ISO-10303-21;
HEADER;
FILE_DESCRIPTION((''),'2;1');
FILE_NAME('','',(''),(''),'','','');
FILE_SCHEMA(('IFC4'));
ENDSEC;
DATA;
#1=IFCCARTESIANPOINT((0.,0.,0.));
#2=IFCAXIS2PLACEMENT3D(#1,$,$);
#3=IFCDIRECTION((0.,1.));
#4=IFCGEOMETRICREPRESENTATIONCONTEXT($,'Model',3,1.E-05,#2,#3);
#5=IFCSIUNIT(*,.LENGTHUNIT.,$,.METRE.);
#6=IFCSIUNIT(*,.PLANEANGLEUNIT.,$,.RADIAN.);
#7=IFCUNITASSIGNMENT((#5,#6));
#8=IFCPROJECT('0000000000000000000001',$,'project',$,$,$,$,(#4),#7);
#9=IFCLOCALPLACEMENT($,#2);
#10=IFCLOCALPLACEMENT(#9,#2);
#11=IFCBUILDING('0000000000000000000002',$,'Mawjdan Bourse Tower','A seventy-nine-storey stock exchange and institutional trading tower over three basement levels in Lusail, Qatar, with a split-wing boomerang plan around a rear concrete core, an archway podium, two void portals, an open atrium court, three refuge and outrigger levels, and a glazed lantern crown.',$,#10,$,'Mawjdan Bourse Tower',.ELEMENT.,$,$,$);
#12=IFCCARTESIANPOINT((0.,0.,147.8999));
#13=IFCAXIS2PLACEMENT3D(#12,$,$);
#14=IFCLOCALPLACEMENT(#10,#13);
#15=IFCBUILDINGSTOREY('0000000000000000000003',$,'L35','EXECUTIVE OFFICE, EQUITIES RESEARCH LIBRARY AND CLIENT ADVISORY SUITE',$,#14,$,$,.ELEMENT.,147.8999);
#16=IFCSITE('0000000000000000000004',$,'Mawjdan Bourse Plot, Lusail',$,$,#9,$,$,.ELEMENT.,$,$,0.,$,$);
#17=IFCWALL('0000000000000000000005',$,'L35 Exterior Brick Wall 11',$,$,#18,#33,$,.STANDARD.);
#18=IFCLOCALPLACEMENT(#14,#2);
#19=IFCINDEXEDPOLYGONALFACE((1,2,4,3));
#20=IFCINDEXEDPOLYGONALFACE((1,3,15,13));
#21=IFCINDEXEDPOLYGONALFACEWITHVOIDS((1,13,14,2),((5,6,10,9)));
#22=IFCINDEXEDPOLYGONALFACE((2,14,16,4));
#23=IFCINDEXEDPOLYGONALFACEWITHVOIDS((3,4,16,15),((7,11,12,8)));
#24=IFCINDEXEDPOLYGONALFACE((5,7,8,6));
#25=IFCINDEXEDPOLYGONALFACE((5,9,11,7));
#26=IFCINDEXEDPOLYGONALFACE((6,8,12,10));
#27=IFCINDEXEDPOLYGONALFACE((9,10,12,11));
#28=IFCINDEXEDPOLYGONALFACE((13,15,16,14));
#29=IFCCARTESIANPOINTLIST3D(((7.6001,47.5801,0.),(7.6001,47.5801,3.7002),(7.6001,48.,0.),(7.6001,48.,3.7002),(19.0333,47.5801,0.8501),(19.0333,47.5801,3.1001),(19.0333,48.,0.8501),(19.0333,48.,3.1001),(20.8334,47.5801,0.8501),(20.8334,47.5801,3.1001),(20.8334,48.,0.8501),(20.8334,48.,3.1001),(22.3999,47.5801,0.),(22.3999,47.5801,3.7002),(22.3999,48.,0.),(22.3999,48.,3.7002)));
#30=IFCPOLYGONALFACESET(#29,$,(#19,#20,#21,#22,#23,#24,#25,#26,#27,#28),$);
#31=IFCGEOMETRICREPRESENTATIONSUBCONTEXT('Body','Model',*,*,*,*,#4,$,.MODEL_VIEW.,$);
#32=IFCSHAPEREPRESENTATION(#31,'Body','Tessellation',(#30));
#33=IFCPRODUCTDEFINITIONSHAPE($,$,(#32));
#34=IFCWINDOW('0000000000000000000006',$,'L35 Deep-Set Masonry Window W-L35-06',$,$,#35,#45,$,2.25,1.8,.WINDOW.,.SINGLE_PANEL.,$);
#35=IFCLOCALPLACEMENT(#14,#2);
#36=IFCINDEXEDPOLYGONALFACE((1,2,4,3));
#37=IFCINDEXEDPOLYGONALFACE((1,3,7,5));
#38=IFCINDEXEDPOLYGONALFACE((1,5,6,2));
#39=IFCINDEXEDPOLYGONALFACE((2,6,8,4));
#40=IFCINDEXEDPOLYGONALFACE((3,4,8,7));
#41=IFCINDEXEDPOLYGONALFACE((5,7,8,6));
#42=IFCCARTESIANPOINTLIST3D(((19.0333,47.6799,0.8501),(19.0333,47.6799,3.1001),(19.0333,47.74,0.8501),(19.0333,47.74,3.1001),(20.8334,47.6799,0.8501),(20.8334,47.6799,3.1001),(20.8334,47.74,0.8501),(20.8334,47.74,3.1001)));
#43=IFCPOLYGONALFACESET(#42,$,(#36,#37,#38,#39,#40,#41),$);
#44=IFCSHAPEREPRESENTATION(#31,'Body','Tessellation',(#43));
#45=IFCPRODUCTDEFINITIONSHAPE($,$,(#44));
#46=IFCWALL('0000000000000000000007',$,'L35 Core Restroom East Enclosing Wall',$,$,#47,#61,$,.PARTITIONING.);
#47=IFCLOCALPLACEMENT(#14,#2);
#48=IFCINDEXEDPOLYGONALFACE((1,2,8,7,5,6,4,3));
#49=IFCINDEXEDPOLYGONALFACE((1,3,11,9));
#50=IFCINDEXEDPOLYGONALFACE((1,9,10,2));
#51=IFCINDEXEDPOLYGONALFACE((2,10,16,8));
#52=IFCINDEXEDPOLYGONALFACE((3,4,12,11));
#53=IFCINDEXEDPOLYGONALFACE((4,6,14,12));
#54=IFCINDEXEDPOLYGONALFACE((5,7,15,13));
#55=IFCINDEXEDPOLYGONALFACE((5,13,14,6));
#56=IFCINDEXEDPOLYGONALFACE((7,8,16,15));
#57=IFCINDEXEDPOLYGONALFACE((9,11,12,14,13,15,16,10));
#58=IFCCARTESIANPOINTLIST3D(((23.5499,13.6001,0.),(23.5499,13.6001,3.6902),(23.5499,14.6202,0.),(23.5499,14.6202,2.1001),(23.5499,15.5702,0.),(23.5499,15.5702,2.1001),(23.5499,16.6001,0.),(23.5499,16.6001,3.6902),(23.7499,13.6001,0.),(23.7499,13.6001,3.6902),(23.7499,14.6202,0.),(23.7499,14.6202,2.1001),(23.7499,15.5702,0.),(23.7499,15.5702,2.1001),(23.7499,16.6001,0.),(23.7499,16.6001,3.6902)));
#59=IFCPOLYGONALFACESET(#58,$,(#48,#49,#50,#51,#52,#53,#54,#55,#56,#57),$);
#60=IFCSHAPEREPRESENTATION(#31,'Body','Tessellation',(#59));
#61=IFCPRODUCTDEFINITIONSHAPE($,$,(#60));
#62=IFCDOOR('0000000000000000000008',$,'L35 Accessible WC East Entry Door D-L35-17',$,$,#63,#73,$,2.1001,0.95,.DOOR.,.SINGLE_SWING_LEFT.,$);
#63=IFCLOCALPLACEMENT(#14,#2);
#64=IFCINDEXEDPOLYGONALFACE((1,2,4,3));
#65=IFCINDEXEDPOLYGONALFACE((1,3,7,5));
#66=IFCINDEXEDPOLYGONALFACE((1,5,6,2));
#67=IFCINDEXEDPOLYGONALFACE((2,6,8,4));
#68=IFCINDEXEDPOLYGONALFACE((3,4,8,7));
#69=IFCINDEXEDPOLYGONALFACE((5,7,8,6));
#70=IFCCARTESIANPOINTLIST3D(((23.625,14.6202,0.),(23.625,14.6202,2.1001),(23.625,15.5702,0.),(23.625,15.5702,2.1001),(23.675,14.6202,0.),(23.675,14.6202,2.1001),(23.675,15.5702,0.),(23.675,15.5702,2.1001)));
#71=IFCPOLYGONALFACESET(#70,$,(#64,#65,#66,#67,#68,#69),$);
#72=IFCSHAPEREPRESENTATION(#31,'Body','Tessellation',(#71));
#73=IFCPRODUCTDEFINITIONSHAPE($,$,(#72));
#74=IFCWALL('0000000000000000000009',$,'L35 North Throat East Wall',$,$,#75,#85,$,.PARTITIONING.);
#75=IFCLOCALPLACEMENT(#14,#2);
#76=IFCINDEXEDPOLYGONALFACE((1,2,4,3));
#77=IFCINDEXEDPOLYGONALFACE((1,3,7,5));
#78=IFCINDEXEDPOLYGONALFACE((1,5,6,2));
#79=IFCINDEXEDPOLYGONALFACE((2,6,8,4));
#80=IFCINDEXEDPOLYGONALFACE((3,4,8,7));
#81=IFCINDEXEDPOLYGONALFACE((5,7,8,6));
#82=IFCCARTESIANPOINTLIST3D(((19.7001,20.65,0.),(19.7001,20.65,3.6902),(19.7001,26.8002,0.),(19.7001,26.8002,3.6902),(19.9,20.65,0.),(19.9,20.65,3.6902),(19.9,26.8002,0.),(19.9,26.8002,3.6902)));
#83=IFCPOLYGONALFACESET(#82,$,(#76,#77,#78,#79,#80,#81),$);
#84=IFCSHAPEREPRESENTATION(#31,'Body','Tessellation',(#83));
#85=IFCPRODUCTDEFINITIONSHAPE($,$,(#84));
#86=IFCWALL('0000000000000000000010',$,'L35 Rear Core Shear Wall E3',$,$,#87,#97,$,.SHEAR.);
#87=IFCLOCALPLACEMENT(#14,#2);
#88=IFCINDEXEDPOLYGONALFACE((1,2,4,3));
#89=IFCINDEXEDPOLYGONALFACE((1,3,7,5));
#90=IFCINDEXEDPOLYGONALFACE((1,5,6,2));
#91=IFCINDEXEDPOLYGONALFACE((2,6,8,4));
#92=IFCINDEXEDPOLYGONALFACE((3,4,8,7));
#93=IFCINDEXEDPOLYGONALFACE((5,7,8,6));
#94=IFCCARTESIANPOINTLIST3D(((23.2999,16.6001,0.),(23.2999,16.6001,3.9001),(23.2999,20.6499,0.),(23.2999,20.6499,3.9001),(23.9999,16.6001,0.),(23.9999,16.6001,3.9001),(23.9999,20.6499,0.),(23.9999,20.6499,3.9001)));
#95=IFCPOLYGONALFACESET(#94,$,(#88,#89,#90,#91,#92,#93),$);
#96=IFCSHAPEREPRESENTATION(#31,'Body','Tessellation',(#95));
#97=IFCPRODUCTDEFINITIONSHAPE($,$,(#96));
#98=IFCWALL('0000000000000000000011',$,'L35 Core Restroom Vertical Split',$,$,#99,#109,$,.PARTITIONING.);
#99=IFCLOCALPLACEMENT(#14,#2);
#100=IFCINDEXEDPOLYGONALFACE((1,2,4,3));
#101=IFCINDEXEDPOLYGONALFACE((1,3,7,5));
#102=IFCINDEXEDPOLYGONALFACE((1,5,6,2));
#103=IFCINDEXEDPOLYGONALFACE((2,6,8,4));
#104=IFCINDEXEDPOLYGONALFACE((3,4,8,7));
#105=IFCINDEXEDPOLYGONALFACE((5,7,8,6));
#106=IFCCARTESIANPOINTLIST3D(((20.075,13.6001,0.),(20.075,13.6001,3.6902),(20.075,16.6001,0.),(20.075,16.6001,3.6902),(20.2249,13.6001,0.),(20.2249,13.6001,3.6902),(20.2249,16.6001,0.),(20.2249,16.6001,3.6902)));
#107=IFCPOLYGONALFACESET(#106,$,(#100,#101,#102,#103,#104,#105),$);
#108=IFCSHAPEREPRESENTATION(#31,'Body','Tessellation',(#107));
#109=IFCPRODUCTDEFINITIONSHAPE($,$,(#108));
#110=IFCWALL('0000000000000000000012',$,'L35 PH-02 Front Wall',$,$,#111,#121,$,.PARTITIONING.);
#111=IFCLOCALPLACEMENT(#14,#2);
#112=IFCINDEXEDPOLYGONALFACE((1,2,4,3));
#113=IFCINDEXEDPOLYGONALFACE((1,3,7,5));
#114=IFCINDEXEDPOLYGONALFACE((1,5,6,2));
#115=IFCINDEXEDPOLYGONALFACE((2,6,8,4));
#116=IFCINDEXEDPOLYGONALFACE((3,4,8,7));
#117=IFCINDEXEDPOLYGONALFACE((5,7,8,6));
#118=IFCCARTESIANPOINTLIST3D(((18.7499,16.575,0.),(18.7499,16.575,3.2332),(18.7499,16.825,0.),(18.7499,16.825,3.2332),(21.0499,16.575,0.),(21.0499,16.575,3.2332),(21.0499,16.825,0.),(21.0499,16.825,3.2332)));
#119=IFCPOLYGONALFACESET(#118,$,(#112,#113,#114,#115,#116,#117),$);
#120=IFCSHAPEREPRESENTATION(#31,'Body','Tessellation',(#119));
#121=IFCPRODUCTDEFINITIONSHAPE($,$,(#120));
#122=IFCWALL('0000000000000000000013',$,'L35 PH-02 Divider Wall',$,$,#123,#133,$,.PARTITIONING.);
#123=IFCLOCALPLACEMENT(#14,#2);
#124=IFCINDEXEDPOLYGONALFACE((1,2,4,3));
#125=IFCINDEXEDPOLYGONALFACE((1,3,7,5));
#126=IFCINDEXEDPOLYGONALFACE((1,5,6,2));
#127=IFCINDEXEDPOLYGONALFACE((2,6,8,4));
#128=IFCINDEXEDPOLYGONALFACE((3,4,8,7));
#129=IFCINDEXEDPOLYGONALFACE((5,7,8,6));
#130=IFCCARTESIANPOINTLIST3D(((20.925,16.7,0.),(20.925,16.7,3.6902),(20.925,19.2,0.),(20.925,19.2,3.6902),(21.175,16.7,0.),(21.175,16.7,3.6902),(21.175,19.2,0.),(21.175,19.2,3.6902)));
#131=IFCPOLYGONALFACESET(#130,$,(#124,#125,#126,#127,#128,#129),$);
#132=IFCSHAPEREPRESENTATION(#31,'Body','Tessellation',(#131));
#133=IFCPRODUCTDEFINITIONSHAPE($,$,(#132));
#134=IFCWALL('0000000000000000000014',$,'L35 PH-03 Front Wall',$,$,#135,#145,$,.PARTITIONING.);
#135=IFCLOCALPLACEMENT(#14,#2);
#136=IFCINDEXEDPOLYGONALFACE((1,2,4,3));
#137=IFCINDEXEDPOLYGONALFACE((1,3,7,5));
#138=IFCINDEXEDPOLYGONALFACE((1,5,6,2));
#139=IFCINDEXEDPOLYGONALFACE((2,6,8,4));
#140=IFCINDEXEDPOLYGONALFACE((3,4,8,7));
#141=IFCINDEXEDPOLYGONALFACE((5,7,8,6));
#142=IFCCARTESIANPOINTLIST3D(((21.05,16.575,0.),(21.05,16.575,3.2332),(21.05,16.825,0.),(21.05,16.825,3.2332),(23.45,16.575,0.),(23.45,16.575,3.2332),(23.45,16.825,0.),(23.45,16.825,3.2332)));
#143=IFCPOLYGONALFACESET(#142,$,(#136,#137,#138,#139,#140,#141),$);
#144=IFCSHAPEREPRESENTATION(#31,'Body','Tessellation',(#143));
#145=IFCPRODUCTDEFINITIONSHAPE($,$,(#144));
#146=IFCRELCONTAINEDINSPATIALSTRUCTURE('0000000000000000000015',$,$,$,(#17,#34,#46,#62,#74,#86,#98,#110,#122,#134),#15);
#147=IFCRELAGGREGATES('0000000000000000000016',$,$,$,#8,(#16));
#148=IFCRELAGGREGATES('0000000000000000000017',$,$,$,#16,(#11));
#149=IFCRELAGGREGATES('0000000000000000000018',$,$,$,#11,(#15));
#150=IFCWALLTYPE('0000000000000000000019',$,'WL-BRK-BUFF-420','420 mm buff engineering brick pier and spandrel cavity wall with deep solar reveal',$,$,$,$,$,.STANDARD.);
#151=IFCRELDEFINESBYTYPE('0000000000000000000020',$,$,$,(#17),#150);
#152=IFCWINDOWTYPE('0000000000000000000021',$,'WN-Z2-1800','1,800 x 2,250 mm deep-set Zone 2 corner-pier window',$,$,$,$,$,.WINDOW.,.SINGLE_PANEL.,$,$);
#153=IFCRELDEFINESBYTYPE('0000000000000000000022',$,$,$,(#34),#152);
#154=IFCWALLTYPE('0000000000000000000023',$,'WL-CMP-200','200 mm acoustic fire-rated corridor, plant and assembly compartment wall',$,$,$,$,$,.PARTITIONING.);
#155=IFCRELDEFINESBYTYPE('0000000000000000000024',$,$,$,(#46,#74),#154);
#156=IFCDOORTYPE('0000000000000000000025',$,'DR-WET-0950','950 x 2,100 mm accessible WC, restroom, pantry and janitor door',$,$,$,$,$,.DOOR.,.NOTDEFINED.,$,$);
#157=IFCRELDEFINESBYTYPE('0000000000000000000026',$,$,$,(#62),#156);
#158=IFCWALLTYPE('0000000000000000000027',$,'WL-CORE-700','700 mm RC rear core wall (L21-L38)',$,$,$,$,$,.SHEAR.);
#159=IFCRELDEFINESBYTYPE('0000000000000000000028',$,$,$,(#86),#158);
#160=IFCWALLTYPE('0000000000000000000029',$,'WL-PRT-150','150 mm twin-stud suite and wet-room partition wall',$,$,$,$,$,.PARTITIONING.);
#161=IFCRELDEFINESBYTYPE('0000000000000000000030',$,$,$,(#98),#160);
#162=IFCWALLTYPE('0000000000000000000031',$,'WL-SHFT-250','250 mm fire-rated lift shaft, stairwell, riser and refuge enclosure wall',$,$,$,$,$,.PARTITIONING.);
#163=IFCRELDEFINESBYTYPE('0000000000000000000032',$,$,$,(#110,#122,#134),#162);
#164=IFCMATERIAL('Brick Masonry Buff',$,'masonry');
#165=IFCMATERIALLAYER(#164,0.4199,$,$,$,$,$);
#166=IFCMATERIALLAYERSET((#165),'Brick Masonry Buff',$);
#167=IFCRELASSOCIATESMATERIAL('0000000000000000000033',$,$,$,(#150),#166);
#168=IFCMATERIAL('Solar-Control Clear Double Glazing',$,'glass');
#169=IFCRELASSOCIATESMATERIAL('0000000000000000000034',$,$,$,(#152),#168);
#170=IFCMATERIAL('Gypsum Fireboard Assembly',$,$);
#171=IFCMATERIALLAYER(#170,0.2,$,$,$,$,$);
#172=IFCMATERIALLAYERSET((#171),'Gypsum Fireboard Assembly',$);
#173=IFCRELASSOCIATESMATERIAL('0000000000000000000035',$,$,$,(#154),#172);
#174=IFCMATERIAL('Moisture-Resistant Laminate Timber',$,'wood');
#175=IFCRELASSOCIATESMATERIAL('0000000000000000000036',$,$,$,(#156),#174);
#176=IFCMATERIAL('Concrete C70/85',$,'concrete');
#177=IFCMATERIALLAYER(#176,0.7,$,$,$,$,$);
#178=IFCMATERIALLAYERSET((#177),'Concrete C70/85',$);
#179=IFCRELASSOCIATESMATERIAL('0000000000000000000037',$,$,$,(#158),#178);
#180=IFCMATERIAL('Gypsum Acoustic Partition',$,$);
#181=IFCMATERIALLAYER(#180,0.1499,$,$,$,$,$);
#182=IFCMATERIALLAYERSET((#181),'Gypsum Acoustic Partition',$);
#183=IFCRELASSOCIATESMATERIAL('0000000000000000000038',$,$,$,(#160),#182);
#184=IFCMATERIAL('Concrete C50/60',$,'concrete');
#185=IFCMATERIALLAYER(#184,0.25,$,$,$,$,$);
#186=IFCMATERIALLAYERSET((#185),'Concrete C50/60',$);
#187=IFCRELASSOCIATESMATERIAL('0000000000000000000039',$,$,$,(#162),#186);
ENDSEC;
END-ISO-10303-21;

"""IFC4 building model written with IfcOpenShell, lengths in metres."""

from ifc_helpers import new_model, si_unit, direction, frame, frame_2d, origin, place, context, subcontext, project, spatial, rectangle, extrude, material, layer, layer_set, type_object, element, fill, save


model = new_model("IFC4")

# Units and contexts
model_context = context("Model", 3, precision=1e-05, world=origin(), true_north=direction((0.0, 1.0)))
body_context = subcontext(model_context, "Body", "Model", "MODEL_VIEW")
ifc_project = project(units=[si_unit("LENGTHUNIT", "METRE"), si_unit("PLANEANGLEUNIT", "RADIAN")], contexts=[model_context])

# Site, building, storey
site_placement = place(None, origin())
site = spatial("IfcSite", under=ifc_project, at=site_placement, Name="Mawjdan Bourse Plot, Lusail", CompositionType="ELEMENT", RefElevation=0.0)
building_placement = place(site_placement, origin())
building = spatial("IfcBuilding", under=site, at=building_placement, Name="Mawjdan Bourse Tower", Description="A seventy-nine-storey stock exchange and institutional trading tower over three basement levels in Lusail, Qatar, with a split-wing boomerang plan around a rear concrete core, an archway podium, two void portals, an open atrium court, three refuge and outrigger levels, and a glazed lantern crown.", LongName="Mawjdan Bourse Tower", CompositionType="ELEMENT")
storey_placement = place(building_placement, frame((0.0, 0.0, 147.8999)))
storey = spatial("IfcBuildingStorey", under=building, at=storey_placement, Name="L35", Description="EXECUTIVE OFFICE, EQUITIES RESEARCH LIBRARY AND CLIENT ADVISORY SUITE", CompositionType="ELEMENT", Elevation=147.8999)

# Shared definitions
ifc_material_1 = material(Name="Concrete C70/85", Category="concrete")

# Shared definitions
ifc_material_2 = material(Name="Brick Masonry Buff", Category="masonry")
ifc_layer_1 = layer(ifc_material_2, 0.4199)
ifc_layer_set_1 = layer_set([ifc_layer_1], Name="Brick Masonry Buff")
wall_type_1 = type_object("IfcWallType", Name="WL-BRK-BUFF-420", Description="420 mm buff engineering brick pier and spandrel cavity wall with deep solar reveal", PredefinedType="STANDARD", material=ifc_layer_set_1)
ifc_material_3 = material(Name="Solar-Control Clear Double Glazing", Category="glass")

# Wall, opening, window
wall_1_placement = place(storey_placement, frame((22.3999, 47.79, 0.0), z_axis=(0.0, 0.0, 1.0), x_axis=(-1.0, 0.0, 0.0)))
wall_1 = element("IfcWall", 1, at=wall_1_placement, inside=storey, type_object=wall_type_1, Name="L35 Exterior Brick Wall 11", PredefinedType="STANDARD", context=body_context, shape_type="SweptSolid", body=[
    extrude(rectangle(XDim=14.7998, YDim=0.4199, at=frame_2d((7.3999, 0.0))), origin(), (0.0, 0.0, 1.0), 3.7002),
])
opening_1_placement = place(wall_1_placement, frame((1.5667, 0.0, 0.8501)))
opening_1 = element("IfcOpeningElement", 2, at=opening_1_placement, cuts=wall_1, PredefinedType="OPENING", context=body_context, shape_type="SweptSolid", body=[
    extrude(rectangle(XDim=1.8, YDim=2.25, at=frame_2d((0.8999, 1.125))), frame((0.0, 0.22, 0.0), z_axis=(0.0, -1.0, 0.0), x_axis=(1.0, 0.0, 0.0)), (0.0, 0.0, 1.0), 0.4399),
])
window_type_1 = type_object("IfcWindowType", Name="WN-Z2-1800", Description="1,800 x 2,250 mm deep-set Zone 2 corner-pier window", PartitioningType="SINGLE_PANEL", PredefinedType="WINDOW", material=ifc_material_3)
window_1_placement = place(opening_1_placement, origin())
window_1 = element("IfcWindow", 3, at=window_1_placement, inside=storey, type_object=window_type_1, Name="L35 Deep-Set Masonry Window W-L35-06", OverallHeight=2.25, OverallWidth=1.8, PartitioningType="SINGLE_PANEL", PredefinedType="WINDOW", context=body_context, shape_type="SweptSolid", body=[
    extrude(rectangle(XDim=1.8, YDim=2.25, at=frame_2d((0.8999, 1.125))), frame((0.0, 0.1101, 0.0), z_axis=(0.0, -1.0, 0.0), x_axis=(1.0, 0.0, 0.0)), (0.0, 0.0, 1.0), 0.0601),
])
fill(opening_1, window_1)

# Wall, opening, door
ifc_material_4 = material(Name="Gypsum Fireboard Assembly")
ifc_layer_2 = layer(ifc_material_4, 0.2)
ifc_layer_set_2 = layer_set([ifc_layer_2], Name="Gypsum Fireboard Assembly")
wall_type_2 = type_object("IfcWallType", Name="WL-CMP-200", Description="200 mm acoustic fire-rated corridor, plant and assembly compartment wall", PredefinedType="PARTITIONING", material=ifc_layer_set_2)
wall_2_placement = place(storey_placement, frame((23.6499, 13.6001, 0.0), z_axis=(0.0, 0.0, 1.0), x_axis=(0.0, 1.0, 0.0)))
wall_2 = element("IfcWall", 4, at=wall_2_placement, inside=storey, type_object=wall_type_2, Name="L35 Core Restroom East Enclosing Wall", PredefinedType="PARTITIONING", context=body_context, shape_type="SweptSolid", body=[
    extrude(rectangle(XDim=3.0, YDim=0.2, at=frame_2d((1.5, 0.0))), origin(), (0.0, 0.0, 1.0), 3.6902),
])
opening_2_placement = place(wall_2_placement, frame((1.02, 0.0, 0.0)))
opening_2 = element("IfcOpeningElement", 5, at=opening_2_placement, cuts=wall_2, PredefinedType="OPENING", context=body_context, shape_type="SweptSolid", body=[
    extrude(rectangle(XDim=0.95, YDim=2.1001, at=frame_2d((0.4751, 1.05))), frame((0.0, 0.1099, 0.0), z_axis=(0.0, -1.0, 0.0), x_axis=(1.0, 0.0, 0.0)), (0.0, 0.0, 1.0), 0.22),
])
ifc_material_5 = material(Name="Moisture-Resistant Laminate Timber", Category="wood")
door_type_1 = type_object("IfcDoorType", Name="DR-WET-0950", Description="950 x 2,100 mm accessible WC, restroom, pantry and janitor door", OperationType="NOTDEFINED", PredefinedType="DOOR", material=ifc_material_5)
door_1_placement = place(opening_2_placement, origin())
door_1 = element("IfcDoor", 6, at=door_1_placement, inside=storey, type_object=door_type_1, Name="L35 Accessible WC East Entry Door D-L35-17", OperationType="SINGLE_SWING_LEFT", OverallHeight=2.1001, OverallWidth=0.95, PredefinedType="DOOR", context=body_context, shape_type="SweptSolid", body=[
    extrude(rectangle(XDim=0.95, YDim=2.1001, at=frame_2d((0.4751, 1.05))), frame((0.0, 0.0249, 0.0), z_axis=(0.0, -1.0, 0.0), x_axis=(1.0, 0.0, 0.0)), (0.0, 0.0, 1.0), 0.05),
])
fill(opening_2, door_1)

# Walls
wall_3_placement = place(storey_placement, frame((19.8, 20.6499, 0.0), z_axis=(0.0, 0.0, 1.0), x_axis=(0.0, 1.0, 0.0)))
element("IfcWall", 7, at=wall_3_placement, inside=storey, type_object=wall_type_2, Name="L35 North Throat East Wall", PredefinedType="PARTITIONING", context=body_context, shape_type="SweptSolid", body=[
    extrude(rectangle(XDim=6.1501, YDim=0.2, at=frame_2d((3.0752, 0.0))), origin(), (0.0, 0.0, 1.0), 3.6902),
])
ifc_layer_3 = layer(ifc_material_1, 0.7)
ifc_layer_set_3 = layer_set([ifc_layer_3], Name="Concrete C70/85")
wall_type_3 = type_object("IfcWallType", Name="WL-CORE-700", Description="700 mm RC rear core wall (L21-L38)", PredefinedType="SHEAR", material=ifc_layer_set_3)
wall_4_placement = place(storey_placement, frame((23.6499, 16.6001, 0.0), z_axis=(0.0, 0.0, 1.0), x_axis=(0.0, 1.0, 0.0)))
element("IfcWall", 8, at=wall_4_placement, inside=storey, type_object=wall_type_3, Name="L35 Rear Core Shear Wall E3", PredefinedType="SHEAR", context=body_context, shape_type="SweptSolid", body=[
    extrude(rectangle(XDim=4.0498, YDim=0.7, at=frame_2d((2.0249, 0.0))), origin(), (0.0, 0.0, 1.0), 3.9001),
])
ifc_material_6 = material(Name="Gypsum Acoustic Partition")
ifc_layer_4 = layer(ifc_material_6, 0.1499)
ifc_layer_set_4 = layer_set([ifc_layer_4], Name="Gypsum Acoustic Partition")
wall_type_4 = type_object("IfcWallType", Name="WL-PRT-150", Description="150 mm twin-stud suite and wet-room partition wall", PredefinedType="PARTITIONING", material=ifc_layer_set_4)
wall_5_placement = place(storey_placement, frame((20.1499, 13.6001, 0.0), z_axis=(0.0, 0.0, 1.0), x_axis=(0.0, 1.0, 0.0)))
element("IfcWall", 9, at=wall_5_placement, inside=storey, type_object=wall_type_4, Name="L35 Core Restroom Vertical Split", PredefinedType="PARTITIONING", context=body_context, shape_type="SweptSolid", body=[
    extrude(rectangle(XDim=3.0, YDim=0.1499, at=frame_2d((1.5, 0.0))), origin(), (0.0, 0.0, 1.0), 3.6902),
])
ifc_material_7 = material(Name="Concrete C50/60", Category="concrete")
ifc_layer_5 = layer(ifc_material_7, 0.25)
ifc_layer_set_5 = layer_set([ifc_layer_5], Name="Concrete C50/60")
wall_type_5 = type_object("IfcWallType", Name="WL-SHFT-250", Description="250 mm fire-rated lift shaft, stairwell, riser and refuge enclosure wall", PredefinedType="PARTITIONING", material=ifc_layer_set_5)
wall_6_placement = place(storey_placement, frame((18.75, 16.7, 0.0), z_axis=(0.0, 0.0, 1.0), x_axis=(1.0, 0.0, 0.0)))
element("IfcWall", 10, at=wall_6_placement, inside=storey, type_object=wall_type_5, Name="L35 PH-02 Front Wall", PredefinedType="PARTITIONING", context=body_context, shape_type="SweptSolid", body=[
    extrude(rectangle(XDim=2.3, YDim=0.25, at=frame_2d((1.1499, 0.0))), origin(), (0.0, 0.0, 1.0), 3.2332),
])
wall_7_placement = place(storey_placement, frame((21.05, 16.7, 0.0), z_axis=(0.0, 0.0, 1.0), x_axis=(0.0, 1.0, 0.0)))
element("IfcWall", 11, at=wall_7_placement, inside=storey, type_object=wall_type_5, Name="L35 PH-02 Divider Wall", PredefinedType="PARTITIONING", context=body_context, shape_type="SweptSolid", body=[
    extrude(rectangle(XDim=2.5, YDim=0.25, at=frame_2d((1.25, 0.0))), origin(), (0.0, 0.0, 1.0), 3.6902),
])
wall_8_placement = place(storey_placement, frame((21.05, 16.7, 0.0), z_axis=(0.0, 0.0, 1.0), x_axis=(1.0, 0.0, 0.0)))
element("IfcWall", 12, at=wall_8_placement, inside=storey, type_object=wall_type_5, Name="L35 PH-03 Front Wall", PredefinedType="PARTITIONING", context=body_context, shape_type="SweptSolid", body=[
    extrude(rectangle(XDim=2.3999, YDim=0.25, at=frame_2d((1.2, 0.0))), origin(), (0.0, 0.0, 1.0), 3.2332),
])

save(model, "model.ifc")
